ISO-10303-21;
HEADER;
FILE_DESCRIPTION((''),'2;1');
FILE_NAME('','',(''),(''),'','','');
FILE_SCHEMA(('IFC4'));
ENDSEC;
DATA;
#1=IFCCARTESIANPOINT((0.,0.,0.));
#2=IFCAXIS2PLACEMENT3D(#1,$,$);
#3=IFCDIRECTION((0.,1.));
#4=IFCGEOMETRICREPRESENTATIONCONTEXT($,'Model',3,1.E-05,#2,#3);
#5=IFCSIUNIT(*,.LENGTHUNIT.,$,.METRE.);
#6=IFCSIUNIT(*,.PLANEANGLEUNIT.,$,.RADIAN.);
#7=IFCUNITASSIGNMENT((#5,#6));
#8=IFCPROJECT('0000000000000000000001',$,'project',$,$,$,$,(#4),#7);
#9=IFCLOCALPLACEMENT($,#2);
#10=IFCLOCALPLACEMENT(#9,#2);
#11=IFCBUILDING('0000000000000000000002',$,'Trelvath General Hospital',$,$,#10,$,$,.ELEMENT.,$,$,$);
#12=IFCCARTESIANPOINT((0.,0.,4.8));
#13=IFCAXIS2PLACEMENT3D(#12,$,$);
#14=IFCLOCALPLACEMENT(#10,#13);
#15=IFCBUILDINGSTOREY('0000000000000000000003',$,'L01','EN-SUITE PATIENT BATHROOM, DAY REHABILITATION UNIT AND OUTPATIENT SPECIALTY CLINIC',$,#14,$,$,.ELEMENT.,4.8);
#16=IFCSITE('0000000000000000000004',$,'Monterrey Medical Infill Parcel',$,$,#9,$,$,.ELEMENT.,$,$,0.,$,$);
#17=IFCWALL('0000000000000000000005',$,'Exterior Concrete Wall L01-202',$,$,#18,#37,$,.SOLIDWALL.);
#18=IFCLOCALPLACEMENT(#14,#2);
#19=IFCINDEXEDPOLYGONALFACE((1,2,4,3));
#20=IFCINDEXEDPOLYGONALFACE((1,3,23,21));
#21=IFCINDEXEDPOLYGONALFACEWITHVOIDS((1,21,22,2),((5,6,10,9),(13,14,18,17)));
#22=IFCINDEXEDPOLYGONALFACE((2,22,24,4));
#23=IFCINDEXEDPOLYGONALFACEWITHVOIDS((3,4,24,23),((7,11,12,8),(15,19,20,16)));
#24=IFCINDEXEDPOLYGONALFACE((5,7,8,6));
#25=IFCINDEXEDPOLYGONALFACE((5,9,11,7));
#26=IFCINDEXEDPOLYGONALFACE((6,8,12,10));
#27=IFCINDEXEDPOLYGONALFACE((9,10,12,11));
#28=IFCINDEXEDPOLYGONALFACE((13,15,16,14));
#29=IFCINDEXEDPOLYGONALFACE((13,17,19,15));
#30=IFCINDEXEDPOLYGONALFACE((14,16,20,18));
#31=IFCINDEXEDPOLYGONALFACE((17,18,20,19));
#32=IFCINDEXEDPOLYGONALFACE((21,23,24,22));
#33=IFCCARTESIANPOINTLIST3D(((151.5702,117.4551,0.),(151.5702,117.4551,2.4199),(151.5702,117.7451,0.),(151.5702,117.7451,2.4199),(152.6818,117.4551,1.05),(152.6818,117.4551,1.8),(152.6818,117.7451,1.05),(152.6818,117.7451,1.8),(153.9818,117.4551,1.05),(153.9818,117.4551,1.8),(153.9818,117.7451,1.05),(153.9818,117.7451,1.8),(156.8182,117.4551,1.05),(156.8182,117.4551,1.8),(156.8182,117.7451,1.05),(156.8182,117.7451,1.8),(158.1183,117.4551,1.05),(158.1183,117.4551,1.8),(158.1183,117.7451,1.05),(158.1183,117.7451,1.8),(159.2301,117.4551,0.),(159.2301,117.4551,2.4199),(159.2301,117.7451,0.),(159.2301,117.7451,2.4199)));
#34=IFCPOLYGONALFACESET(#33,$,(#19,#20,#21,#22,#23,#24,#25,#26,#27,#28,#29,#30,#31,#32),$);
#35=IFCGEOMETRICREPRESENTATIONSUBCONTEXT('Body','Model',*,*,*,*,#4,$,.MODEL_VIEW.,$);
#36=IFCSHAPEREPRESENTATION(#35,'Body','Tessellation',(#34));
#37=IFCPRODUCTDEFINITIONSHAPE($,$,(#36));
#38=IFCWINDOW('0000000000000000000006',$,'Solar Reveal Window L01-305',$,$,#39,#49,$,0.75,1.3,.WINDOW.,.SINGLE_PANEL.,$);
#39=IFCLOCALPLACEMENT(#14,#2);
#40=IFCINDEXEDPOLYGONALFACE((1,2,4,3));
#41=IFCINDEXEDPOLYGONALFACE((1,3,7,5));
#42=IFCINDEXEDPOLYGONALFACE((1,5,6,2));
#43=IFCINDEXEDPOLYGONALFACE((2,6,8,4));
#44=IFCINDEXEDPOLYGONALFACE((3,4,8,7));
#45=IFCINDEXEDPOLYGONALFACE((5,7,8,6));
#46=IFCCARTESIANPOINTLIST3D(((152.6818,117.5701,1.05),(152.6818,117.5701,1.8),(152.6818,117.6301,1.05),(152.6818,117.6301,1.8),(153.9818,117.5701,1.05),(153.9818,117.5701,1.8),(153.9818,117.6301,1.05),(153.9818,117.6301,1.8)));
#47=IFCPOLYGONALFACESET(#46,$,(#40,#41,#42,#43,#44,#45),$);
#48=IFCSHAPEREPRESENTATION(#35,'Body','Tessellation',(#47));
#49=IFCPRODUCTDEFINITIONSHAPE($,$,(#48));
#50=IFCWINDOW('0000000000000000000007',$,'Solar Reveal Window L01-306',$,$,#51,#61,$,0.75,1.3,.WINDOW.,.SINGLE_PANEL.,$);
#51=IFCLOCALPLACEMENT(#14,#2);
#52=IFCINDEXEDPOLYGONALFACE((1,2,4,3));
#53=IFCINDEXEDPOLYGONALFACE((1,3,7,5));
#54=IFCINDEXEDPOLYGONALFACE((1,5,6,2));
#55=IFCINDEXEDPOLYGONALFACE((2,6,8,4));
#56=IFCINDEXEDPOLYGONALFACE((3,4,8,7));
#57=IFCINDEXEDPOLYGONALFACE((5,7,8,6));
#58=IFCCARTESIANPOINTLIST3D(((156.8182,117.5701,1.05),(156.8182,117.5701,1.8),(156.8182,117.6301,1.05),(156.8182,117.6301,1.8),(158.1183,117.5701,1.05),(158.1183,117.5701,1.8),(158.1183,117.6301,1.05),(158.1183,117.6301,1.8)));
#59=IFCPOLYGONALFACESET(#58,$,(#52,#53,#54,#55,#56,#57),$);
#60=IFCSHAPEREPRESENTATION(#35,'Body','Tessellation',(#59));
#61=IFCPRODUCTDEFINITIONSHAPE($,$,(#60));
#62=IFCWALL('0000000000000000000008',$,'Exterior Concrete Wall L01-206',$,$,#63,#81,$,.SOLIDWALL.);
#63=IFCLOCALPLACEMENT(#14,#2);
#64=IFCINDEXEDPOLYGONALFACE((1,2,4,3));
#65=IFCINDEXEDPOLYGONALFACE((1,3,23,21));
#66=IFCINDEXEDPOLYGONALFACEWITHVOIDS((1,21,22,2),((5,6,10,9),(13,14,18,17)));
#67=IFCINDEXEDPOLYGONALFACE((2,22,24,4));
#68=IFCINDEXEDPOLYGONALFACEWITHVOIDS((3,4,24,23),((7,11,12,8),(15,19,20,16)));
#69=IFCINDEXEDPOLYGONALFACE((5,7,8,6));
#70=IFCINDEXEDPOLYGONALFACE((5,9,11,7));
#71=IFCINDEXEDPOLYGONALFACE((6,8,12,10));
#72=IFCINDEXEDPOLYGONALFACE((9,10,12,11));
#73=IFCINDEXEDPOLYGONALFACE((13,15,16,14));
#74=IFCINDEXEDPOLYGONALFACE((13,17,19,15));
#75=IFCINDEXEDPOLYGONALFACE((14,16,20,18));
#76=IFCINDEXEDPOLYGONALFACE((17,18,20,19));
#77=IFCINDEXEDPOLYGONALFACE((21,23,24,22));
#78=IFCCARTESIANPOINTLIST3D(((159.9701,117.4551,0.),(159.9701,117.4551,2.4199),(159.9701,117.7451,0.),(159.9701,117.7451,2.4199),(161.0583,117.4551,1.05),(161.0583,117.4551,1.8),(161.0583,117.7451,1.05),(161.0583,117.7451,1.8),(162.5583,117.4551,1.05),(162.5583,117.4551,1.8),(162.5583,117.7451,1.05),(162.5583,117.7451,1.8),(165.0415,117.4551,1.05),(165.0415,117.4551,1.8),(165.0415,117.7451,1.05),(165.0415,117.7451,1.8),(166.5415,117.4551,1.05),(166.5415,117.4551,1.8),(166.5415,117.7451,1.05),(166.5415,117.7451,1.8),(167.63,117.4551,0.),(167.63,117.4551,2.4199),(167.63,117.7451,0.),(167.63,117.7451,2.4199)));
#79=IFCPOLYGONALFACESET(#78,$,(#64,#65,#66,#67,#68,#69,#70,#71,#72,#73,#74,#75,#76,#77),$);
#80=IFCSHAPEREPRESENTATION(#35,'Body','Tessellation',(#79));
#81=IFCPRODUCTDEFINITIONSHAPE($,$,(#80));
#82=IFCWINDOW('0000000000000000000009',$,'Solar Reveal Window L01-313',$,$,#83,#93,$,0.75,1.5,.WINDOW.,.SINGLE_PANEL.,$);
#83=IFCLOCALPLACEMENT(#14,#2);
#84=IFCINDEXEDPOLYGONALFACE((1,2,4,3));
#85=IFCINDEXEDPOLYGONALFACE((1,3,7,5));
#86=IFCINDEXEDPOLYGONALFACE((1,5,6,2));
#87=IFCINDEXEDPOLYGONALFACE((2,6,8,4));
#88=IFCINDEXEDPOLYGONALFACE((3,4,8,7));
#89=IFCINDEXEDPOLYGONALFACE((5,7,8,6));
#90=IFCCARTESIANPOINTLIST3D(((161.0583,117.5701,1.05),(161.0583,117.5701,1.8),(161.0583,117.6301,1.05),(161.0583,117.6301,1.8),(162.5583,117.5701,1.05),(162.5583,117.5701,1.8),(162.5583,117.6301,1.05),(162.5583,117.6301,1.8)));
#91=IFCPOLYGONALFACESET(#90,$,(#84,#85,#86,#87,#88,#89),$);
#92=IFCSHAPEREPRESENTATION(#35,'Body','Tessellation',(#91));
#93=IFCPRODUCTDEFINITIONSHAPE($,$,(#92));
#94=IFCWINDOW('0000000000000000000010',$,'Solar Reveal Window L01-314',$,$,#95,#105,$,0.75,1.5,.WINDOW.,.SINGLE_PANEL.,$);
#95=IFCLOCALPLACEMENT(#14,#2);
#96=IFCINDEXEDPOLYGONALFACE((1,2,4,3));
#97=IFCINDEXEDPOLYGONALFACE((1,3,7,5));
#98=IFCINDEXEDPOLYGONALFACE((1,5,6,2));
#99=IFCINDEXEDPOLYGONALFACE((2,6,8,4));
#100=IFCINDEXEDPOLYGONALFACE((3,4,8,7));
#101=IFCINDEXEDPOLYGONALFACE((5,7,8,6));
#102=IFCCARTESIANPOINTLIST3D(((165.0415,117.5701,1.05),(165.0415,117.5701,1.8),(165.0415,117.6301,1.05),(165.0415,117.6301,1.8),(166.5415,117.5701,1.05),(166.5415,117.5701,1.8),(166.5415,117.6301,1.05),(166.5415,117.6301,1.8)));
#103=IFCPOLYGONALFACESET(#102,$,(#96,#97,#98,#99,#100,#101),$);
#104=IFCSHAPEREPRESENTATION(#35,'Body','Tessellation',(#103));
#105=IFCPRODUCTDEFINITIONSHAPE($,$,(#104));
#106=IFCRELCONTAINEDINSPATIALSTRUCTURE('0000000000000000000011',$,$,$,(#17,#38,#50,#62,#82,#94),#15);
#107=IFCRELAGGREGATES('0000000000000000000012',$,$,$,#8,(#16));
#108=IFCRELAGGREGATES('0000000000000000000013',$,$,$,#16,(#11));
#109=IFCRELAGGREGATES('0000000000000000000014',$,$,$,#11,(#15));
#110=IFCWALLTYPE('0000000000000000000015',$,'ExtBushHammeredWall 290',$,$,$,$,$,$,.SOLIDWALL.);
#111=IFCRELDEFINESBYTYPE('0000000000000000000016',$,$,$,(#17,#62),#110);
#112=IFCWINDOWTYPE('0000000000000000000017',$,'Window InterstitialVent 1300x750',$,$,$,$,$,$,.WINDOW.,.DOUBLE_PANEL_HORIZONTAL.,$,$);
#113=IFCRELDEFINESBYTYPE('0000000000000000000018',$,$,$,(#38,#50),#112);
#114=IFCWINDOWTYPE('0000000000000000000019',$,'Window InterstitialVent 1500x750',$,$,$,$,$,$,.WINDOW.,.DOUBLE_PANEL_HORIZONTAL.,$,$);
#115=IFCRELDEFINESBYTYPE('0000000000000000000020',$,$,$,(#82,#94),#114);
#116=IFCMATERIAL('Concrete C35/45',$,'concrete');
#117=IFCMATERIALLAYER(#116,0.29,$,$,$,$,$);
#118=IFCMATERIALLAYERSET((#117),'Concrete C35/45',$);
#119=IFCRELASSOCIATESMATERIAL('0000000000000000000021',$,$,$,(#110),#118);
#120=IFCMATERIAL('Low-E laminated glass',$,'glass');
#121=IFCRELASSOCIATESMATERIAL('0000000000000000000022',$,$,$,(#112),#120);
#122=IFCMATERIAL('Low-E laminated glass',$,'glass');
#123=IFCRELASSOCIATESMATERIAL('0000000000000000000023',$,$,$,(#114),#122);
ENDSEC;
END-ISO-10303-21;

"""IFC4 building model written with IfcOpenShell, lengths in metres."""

from ifc_helpers import new_model, si_unit, direction, frame, frame_2d, origin, place, context, subcontext, project, spatial, rectangle, extrude, material, layer, layer_set, type_object, element, fill, save


model = new_model("IFC4")

# Units and contexts
model_context = context("Model", 3, precision=1e-05, world=origin(), true_north=direction((0.0, 1.0)))
body_context = subcontext(model_context, "Body", "Model", "MODEL_VIEW")
ifc_project = project(units=[si_unit("LENGTHUNIT", "METRE"), si_unit("PLANEANGLEUNIT", "RADIAN")], contexts=[model_context])

# Site, building, storey
site_placement = place(None, origin())
site = spatial("IfcSite", under=ifc_project, at=site_placement, Name="Monterrey Medical Infill Parcel", CompositionType="ELEMENT", RefElevation=0.0)
building_placement = place(site_placement, origin())
building = spatial("IfcBuilding", under=site, at=building_placement, Name="Trelvath General Hospital", CompositionType="ELEMENT")
storey_placement = place(building_placement, frame((0.0, 0.0, 4.8)))
storey = spatial("IfcBuildingStorey", under=building, at=storey_placement, Name="L01", Description="EN-SUITE PATIENT BATHROOM, DAY REHABILITATION UNIT AND OUTPATIENT SPECIALTY CLINIC", CompositionType="ELEMENT", Elevation=4.8)

# Walls, openings, windows
ifc_material_1 = material(Name="Concrete C35/45", Category="concrete")
ifc_layer_1 = layer(ifc_material_1, 0.29)
ifc_layer_set_1 = layer_set([ifc_layer_1], Name="Concrete C35/45")
wall_type_1 = type_object("IfcWallType", Name="ExtBushHammeredWall 290", PredefinedType="SOLIDWALL", material=ifc_layer_set_1)
wall_1_placement = place(storey_placement, frame((151.5701, 117.6001, 0.0), z_axis=(0.0, 0.0, 1.0), x_axis=(1.0, 0.0, 0.0)))
wall_1 = element("IfcWall", 1, at=wall_1_placement, inside=storey, type_object=wall_type_1, Name="Exterior Concrete Wall L01-202", PredefinedType="SOLIDWALL", context=body_context, shape_type="SweptSolid", body=[
    extrude(rectangle(XDim=7.6599, YDim=0.29, at=frame_2d((3.8301, 0.0))), origin(), (0.0, 0.0, 1.0), 2.4199),
])
opening_1_placement = place(wall_1_placement, frame((1.1118, 0.0, 1.05)))
opening_1 = element("IfcOpeningElement", 2, at=opening_1_placement, cuts=wall_1, PredefinedType="OPENING", context=body_context, shape_type="SweptSolid", body=[
    extrude(rectangle(XDim=1.3, YDim=0.75, at=frame_2d((0.6499, 0.375))), frame((0.0, 0.155, 0.0), z_axis=(0.0, -1.0, 0.0), x_axis=(1.0, 0.0, 0.0)), (0.0, 0.0, 1.0), 0.3101),
])
opening_2_placement = place(wall_1_placement, frame((5.2483, 0.0, 1.05)))
opening_2 = element("IfcOpeningElement", 3, at=opening_2_placement, cuts=wall_1, PredefinedType="OPENING", context=body_context, shape_type="SweptSolid", body=[
    extrude(rectangle(XDim=1.3, YDim=0.75, at=frame_2d((0.6499, 0.375))), frame((0.0, 0.155, 0.0), z_axis=(0.0, -1.0, 0.0), x_axis=(1.0, 0.0, 0.0)), (0.0, 0.0, 1.0), 0.3101),
])
ifc_material_2 = material(Name="Low-E laminated glass", Category="glass")
window_type_1 = type_object("IfcWindowType", Name="Window InterstitialVent 1300x750", PartitioningType="DOUBLE_PANEL_HORIZONTAL", PredefinedType="WINDOW", material=ifc_material_2)
window_1_placement = place(opening_1_placement, origin())
window_1 = element("IfcWindow", 4, at=window_1_placement, inside=storey, type_object=window_type_1, Name="Solar Reveal Window L01-305", OverallHeight=0.75, OverallWidth=1.3, PartitioningType="SINGLE_PANEL", PredefinedType="WINDOW", context=body_context, shape_type="SweptSolid", body=[
    extrude(rectangle(XDim=1.3, YDim=0.75, at=frame_2d((0.6499, 0.375))), frame((0.0, 0.03, 0.0), z_axis=(0.0, -1.0, 0.0), x_axis=(1.0, 0.0, 0.0)), (0.0, 0.0, 1.0), 0.0601),
])
fill(opening_1, window_1)
window_2_placement = place(opening_2_placement, origin())
window_2 = element("IfcWindow", 5, at=window_2_placement, inside=storey, type_object=window_type_1, Name="Solar Reveal Window L01-306", OverallHeight=0.75, OverallWidth=1.3, PartitioningType="SINGLE_PANEL", PredefinedType="WINDOW", context=body_context, shape_type="SweptSolid", body=[
    extrude(rectangle(XDim=1.3, YDim=0.75, at=frame_2d((0.6499, 0.375))), frame((0.0, 0.03, 0.0), z_axis=(0.0, -1.0, 0.0), x_axis=(1.0, 0.0, 0.0)), (0.0, 0.0, 1.0), 0.0601),
])
fill(opening_2, window_2)
wall_2_placement = place(storey_placement, frame((159.97, 117.6001, 0.0), z_axis=(0.0, 0.0, 1.0), x_axis=(1.0, 0.0, 0.0)))
wall_2 = element("IfcWall", 6, at=wall_2_placement, inside=storey, type_object=wall_type_1, Name="Exterior Concrete Wall L01-206", PredefinedType="SOLIDWALL", context=body_context, shape_type="SweptSolid", body=[
    extrude(rectangle(XDim=7.6599, YDim=0.29, at=frame_2d((3.8301, 0.0))), origin(), (0.0, 0.0, 1.0), 2.4199),
])
opening_3_placement = place(wall_2_placement, frame((1.0884, 0.0, 1.05)))
opening_3 = element("IfcOpeningElement", 7, at=opening_3_placement, cuts=wall_2, PredefinedType="OPENING", context=body_context, shape_type="SweptSolid", body=[
    extrude(rectangle(XDim=1.5, YDim=0.75, at=frame_2d((0.75, 0.375))), frame((0.0, 0.155, 0.0), z_axis=(0.0, -1.0, 0.0), x_axis=(1.0, 0.0, 0.0)), (0.0, 0.0, 1.0), 0.3101),
])
opening_4_placement = place(wall_2_placement, frame((5.0715, 0.0, 1.05)))
opening_4 = element("IfcOpeningElement", 8, at=opening_4_placement, cuts=wall_2, PredefinedType="OPENING", context=body_context, shape_type="SweptSolid", body=[
    extrude(rectangle(XDim=1.5, YDim=0.75, at=frame_2d((0.75, 0.375))), frame((0.0, 0.155, 0.0), z_axis=(0.0, -1.0, 0.0), x_axis=(1.0, 0.0, 0.0)), (0.0, 0.0, 1.0), 0.3101),
])
ifc_material_3 = material(Name="Low-E laminated glass", Category="glass")
window_type_2 = type_object("IfcWindowType", Name="Window InterstitialVent 1500x750", PartitioningType="DOUBLE_PANEL_HORIZONTAL", PredefinedType="WINDOW", material=ifc_material_3)
window_3_placement = place(opening_3_placement, origin())
window_3 = element("IfcWindow", 9, at=window_3_placement, inside=storey, type_object=window_type_2, Name="Solar Reveal Window L01-313", OverallHeight=0.75, OverallWidth=1.5, PartitioningType="SINGLE_PANEL", PredefinedType="WINDOW", context=body_context, shape_type="SweptSolid", body=[
    extrude(rectangle(XDim=1.5, YDim=0.75, at=frame_2d((0.75, 0.375))), frame((0.0, 0.03, 0.0), z_axis=(0.0, -1.0, 0.0), x_axis=(1.0, 0.0, 0.0)), (0.0, 0.0, 1.0), 0.0601),
])
fill(opening_3, window_3)
window_4_placement = place(opening_4_placement, origin())
window_4 = element("IfcWindow", 10, at=window_4_placement, inside=storey, type_object=window_type_2, Name="Solar Reveal Window L01-314", OverallHeight=0.75, OverallWidth=1.5, PartitioningType="SINGLE_PANEL", PredefinedType="WINDOW", context=body_context, shape_type="SweptSolid", body=[
    extrude(rectangle(XDim=1.5, YDim=0.75, at=frame_2d((0.75, 0.375))), frame((0.0, 0.03, 0.0), z_axis=(0.0, -1.0, 0.0), x_axis=(1.0, 0.0, 0.0)), (0.0, 0.0, 1.0), 0.0601),
])
fill(opening_4, window_4)

save(model, "model.ifc")
